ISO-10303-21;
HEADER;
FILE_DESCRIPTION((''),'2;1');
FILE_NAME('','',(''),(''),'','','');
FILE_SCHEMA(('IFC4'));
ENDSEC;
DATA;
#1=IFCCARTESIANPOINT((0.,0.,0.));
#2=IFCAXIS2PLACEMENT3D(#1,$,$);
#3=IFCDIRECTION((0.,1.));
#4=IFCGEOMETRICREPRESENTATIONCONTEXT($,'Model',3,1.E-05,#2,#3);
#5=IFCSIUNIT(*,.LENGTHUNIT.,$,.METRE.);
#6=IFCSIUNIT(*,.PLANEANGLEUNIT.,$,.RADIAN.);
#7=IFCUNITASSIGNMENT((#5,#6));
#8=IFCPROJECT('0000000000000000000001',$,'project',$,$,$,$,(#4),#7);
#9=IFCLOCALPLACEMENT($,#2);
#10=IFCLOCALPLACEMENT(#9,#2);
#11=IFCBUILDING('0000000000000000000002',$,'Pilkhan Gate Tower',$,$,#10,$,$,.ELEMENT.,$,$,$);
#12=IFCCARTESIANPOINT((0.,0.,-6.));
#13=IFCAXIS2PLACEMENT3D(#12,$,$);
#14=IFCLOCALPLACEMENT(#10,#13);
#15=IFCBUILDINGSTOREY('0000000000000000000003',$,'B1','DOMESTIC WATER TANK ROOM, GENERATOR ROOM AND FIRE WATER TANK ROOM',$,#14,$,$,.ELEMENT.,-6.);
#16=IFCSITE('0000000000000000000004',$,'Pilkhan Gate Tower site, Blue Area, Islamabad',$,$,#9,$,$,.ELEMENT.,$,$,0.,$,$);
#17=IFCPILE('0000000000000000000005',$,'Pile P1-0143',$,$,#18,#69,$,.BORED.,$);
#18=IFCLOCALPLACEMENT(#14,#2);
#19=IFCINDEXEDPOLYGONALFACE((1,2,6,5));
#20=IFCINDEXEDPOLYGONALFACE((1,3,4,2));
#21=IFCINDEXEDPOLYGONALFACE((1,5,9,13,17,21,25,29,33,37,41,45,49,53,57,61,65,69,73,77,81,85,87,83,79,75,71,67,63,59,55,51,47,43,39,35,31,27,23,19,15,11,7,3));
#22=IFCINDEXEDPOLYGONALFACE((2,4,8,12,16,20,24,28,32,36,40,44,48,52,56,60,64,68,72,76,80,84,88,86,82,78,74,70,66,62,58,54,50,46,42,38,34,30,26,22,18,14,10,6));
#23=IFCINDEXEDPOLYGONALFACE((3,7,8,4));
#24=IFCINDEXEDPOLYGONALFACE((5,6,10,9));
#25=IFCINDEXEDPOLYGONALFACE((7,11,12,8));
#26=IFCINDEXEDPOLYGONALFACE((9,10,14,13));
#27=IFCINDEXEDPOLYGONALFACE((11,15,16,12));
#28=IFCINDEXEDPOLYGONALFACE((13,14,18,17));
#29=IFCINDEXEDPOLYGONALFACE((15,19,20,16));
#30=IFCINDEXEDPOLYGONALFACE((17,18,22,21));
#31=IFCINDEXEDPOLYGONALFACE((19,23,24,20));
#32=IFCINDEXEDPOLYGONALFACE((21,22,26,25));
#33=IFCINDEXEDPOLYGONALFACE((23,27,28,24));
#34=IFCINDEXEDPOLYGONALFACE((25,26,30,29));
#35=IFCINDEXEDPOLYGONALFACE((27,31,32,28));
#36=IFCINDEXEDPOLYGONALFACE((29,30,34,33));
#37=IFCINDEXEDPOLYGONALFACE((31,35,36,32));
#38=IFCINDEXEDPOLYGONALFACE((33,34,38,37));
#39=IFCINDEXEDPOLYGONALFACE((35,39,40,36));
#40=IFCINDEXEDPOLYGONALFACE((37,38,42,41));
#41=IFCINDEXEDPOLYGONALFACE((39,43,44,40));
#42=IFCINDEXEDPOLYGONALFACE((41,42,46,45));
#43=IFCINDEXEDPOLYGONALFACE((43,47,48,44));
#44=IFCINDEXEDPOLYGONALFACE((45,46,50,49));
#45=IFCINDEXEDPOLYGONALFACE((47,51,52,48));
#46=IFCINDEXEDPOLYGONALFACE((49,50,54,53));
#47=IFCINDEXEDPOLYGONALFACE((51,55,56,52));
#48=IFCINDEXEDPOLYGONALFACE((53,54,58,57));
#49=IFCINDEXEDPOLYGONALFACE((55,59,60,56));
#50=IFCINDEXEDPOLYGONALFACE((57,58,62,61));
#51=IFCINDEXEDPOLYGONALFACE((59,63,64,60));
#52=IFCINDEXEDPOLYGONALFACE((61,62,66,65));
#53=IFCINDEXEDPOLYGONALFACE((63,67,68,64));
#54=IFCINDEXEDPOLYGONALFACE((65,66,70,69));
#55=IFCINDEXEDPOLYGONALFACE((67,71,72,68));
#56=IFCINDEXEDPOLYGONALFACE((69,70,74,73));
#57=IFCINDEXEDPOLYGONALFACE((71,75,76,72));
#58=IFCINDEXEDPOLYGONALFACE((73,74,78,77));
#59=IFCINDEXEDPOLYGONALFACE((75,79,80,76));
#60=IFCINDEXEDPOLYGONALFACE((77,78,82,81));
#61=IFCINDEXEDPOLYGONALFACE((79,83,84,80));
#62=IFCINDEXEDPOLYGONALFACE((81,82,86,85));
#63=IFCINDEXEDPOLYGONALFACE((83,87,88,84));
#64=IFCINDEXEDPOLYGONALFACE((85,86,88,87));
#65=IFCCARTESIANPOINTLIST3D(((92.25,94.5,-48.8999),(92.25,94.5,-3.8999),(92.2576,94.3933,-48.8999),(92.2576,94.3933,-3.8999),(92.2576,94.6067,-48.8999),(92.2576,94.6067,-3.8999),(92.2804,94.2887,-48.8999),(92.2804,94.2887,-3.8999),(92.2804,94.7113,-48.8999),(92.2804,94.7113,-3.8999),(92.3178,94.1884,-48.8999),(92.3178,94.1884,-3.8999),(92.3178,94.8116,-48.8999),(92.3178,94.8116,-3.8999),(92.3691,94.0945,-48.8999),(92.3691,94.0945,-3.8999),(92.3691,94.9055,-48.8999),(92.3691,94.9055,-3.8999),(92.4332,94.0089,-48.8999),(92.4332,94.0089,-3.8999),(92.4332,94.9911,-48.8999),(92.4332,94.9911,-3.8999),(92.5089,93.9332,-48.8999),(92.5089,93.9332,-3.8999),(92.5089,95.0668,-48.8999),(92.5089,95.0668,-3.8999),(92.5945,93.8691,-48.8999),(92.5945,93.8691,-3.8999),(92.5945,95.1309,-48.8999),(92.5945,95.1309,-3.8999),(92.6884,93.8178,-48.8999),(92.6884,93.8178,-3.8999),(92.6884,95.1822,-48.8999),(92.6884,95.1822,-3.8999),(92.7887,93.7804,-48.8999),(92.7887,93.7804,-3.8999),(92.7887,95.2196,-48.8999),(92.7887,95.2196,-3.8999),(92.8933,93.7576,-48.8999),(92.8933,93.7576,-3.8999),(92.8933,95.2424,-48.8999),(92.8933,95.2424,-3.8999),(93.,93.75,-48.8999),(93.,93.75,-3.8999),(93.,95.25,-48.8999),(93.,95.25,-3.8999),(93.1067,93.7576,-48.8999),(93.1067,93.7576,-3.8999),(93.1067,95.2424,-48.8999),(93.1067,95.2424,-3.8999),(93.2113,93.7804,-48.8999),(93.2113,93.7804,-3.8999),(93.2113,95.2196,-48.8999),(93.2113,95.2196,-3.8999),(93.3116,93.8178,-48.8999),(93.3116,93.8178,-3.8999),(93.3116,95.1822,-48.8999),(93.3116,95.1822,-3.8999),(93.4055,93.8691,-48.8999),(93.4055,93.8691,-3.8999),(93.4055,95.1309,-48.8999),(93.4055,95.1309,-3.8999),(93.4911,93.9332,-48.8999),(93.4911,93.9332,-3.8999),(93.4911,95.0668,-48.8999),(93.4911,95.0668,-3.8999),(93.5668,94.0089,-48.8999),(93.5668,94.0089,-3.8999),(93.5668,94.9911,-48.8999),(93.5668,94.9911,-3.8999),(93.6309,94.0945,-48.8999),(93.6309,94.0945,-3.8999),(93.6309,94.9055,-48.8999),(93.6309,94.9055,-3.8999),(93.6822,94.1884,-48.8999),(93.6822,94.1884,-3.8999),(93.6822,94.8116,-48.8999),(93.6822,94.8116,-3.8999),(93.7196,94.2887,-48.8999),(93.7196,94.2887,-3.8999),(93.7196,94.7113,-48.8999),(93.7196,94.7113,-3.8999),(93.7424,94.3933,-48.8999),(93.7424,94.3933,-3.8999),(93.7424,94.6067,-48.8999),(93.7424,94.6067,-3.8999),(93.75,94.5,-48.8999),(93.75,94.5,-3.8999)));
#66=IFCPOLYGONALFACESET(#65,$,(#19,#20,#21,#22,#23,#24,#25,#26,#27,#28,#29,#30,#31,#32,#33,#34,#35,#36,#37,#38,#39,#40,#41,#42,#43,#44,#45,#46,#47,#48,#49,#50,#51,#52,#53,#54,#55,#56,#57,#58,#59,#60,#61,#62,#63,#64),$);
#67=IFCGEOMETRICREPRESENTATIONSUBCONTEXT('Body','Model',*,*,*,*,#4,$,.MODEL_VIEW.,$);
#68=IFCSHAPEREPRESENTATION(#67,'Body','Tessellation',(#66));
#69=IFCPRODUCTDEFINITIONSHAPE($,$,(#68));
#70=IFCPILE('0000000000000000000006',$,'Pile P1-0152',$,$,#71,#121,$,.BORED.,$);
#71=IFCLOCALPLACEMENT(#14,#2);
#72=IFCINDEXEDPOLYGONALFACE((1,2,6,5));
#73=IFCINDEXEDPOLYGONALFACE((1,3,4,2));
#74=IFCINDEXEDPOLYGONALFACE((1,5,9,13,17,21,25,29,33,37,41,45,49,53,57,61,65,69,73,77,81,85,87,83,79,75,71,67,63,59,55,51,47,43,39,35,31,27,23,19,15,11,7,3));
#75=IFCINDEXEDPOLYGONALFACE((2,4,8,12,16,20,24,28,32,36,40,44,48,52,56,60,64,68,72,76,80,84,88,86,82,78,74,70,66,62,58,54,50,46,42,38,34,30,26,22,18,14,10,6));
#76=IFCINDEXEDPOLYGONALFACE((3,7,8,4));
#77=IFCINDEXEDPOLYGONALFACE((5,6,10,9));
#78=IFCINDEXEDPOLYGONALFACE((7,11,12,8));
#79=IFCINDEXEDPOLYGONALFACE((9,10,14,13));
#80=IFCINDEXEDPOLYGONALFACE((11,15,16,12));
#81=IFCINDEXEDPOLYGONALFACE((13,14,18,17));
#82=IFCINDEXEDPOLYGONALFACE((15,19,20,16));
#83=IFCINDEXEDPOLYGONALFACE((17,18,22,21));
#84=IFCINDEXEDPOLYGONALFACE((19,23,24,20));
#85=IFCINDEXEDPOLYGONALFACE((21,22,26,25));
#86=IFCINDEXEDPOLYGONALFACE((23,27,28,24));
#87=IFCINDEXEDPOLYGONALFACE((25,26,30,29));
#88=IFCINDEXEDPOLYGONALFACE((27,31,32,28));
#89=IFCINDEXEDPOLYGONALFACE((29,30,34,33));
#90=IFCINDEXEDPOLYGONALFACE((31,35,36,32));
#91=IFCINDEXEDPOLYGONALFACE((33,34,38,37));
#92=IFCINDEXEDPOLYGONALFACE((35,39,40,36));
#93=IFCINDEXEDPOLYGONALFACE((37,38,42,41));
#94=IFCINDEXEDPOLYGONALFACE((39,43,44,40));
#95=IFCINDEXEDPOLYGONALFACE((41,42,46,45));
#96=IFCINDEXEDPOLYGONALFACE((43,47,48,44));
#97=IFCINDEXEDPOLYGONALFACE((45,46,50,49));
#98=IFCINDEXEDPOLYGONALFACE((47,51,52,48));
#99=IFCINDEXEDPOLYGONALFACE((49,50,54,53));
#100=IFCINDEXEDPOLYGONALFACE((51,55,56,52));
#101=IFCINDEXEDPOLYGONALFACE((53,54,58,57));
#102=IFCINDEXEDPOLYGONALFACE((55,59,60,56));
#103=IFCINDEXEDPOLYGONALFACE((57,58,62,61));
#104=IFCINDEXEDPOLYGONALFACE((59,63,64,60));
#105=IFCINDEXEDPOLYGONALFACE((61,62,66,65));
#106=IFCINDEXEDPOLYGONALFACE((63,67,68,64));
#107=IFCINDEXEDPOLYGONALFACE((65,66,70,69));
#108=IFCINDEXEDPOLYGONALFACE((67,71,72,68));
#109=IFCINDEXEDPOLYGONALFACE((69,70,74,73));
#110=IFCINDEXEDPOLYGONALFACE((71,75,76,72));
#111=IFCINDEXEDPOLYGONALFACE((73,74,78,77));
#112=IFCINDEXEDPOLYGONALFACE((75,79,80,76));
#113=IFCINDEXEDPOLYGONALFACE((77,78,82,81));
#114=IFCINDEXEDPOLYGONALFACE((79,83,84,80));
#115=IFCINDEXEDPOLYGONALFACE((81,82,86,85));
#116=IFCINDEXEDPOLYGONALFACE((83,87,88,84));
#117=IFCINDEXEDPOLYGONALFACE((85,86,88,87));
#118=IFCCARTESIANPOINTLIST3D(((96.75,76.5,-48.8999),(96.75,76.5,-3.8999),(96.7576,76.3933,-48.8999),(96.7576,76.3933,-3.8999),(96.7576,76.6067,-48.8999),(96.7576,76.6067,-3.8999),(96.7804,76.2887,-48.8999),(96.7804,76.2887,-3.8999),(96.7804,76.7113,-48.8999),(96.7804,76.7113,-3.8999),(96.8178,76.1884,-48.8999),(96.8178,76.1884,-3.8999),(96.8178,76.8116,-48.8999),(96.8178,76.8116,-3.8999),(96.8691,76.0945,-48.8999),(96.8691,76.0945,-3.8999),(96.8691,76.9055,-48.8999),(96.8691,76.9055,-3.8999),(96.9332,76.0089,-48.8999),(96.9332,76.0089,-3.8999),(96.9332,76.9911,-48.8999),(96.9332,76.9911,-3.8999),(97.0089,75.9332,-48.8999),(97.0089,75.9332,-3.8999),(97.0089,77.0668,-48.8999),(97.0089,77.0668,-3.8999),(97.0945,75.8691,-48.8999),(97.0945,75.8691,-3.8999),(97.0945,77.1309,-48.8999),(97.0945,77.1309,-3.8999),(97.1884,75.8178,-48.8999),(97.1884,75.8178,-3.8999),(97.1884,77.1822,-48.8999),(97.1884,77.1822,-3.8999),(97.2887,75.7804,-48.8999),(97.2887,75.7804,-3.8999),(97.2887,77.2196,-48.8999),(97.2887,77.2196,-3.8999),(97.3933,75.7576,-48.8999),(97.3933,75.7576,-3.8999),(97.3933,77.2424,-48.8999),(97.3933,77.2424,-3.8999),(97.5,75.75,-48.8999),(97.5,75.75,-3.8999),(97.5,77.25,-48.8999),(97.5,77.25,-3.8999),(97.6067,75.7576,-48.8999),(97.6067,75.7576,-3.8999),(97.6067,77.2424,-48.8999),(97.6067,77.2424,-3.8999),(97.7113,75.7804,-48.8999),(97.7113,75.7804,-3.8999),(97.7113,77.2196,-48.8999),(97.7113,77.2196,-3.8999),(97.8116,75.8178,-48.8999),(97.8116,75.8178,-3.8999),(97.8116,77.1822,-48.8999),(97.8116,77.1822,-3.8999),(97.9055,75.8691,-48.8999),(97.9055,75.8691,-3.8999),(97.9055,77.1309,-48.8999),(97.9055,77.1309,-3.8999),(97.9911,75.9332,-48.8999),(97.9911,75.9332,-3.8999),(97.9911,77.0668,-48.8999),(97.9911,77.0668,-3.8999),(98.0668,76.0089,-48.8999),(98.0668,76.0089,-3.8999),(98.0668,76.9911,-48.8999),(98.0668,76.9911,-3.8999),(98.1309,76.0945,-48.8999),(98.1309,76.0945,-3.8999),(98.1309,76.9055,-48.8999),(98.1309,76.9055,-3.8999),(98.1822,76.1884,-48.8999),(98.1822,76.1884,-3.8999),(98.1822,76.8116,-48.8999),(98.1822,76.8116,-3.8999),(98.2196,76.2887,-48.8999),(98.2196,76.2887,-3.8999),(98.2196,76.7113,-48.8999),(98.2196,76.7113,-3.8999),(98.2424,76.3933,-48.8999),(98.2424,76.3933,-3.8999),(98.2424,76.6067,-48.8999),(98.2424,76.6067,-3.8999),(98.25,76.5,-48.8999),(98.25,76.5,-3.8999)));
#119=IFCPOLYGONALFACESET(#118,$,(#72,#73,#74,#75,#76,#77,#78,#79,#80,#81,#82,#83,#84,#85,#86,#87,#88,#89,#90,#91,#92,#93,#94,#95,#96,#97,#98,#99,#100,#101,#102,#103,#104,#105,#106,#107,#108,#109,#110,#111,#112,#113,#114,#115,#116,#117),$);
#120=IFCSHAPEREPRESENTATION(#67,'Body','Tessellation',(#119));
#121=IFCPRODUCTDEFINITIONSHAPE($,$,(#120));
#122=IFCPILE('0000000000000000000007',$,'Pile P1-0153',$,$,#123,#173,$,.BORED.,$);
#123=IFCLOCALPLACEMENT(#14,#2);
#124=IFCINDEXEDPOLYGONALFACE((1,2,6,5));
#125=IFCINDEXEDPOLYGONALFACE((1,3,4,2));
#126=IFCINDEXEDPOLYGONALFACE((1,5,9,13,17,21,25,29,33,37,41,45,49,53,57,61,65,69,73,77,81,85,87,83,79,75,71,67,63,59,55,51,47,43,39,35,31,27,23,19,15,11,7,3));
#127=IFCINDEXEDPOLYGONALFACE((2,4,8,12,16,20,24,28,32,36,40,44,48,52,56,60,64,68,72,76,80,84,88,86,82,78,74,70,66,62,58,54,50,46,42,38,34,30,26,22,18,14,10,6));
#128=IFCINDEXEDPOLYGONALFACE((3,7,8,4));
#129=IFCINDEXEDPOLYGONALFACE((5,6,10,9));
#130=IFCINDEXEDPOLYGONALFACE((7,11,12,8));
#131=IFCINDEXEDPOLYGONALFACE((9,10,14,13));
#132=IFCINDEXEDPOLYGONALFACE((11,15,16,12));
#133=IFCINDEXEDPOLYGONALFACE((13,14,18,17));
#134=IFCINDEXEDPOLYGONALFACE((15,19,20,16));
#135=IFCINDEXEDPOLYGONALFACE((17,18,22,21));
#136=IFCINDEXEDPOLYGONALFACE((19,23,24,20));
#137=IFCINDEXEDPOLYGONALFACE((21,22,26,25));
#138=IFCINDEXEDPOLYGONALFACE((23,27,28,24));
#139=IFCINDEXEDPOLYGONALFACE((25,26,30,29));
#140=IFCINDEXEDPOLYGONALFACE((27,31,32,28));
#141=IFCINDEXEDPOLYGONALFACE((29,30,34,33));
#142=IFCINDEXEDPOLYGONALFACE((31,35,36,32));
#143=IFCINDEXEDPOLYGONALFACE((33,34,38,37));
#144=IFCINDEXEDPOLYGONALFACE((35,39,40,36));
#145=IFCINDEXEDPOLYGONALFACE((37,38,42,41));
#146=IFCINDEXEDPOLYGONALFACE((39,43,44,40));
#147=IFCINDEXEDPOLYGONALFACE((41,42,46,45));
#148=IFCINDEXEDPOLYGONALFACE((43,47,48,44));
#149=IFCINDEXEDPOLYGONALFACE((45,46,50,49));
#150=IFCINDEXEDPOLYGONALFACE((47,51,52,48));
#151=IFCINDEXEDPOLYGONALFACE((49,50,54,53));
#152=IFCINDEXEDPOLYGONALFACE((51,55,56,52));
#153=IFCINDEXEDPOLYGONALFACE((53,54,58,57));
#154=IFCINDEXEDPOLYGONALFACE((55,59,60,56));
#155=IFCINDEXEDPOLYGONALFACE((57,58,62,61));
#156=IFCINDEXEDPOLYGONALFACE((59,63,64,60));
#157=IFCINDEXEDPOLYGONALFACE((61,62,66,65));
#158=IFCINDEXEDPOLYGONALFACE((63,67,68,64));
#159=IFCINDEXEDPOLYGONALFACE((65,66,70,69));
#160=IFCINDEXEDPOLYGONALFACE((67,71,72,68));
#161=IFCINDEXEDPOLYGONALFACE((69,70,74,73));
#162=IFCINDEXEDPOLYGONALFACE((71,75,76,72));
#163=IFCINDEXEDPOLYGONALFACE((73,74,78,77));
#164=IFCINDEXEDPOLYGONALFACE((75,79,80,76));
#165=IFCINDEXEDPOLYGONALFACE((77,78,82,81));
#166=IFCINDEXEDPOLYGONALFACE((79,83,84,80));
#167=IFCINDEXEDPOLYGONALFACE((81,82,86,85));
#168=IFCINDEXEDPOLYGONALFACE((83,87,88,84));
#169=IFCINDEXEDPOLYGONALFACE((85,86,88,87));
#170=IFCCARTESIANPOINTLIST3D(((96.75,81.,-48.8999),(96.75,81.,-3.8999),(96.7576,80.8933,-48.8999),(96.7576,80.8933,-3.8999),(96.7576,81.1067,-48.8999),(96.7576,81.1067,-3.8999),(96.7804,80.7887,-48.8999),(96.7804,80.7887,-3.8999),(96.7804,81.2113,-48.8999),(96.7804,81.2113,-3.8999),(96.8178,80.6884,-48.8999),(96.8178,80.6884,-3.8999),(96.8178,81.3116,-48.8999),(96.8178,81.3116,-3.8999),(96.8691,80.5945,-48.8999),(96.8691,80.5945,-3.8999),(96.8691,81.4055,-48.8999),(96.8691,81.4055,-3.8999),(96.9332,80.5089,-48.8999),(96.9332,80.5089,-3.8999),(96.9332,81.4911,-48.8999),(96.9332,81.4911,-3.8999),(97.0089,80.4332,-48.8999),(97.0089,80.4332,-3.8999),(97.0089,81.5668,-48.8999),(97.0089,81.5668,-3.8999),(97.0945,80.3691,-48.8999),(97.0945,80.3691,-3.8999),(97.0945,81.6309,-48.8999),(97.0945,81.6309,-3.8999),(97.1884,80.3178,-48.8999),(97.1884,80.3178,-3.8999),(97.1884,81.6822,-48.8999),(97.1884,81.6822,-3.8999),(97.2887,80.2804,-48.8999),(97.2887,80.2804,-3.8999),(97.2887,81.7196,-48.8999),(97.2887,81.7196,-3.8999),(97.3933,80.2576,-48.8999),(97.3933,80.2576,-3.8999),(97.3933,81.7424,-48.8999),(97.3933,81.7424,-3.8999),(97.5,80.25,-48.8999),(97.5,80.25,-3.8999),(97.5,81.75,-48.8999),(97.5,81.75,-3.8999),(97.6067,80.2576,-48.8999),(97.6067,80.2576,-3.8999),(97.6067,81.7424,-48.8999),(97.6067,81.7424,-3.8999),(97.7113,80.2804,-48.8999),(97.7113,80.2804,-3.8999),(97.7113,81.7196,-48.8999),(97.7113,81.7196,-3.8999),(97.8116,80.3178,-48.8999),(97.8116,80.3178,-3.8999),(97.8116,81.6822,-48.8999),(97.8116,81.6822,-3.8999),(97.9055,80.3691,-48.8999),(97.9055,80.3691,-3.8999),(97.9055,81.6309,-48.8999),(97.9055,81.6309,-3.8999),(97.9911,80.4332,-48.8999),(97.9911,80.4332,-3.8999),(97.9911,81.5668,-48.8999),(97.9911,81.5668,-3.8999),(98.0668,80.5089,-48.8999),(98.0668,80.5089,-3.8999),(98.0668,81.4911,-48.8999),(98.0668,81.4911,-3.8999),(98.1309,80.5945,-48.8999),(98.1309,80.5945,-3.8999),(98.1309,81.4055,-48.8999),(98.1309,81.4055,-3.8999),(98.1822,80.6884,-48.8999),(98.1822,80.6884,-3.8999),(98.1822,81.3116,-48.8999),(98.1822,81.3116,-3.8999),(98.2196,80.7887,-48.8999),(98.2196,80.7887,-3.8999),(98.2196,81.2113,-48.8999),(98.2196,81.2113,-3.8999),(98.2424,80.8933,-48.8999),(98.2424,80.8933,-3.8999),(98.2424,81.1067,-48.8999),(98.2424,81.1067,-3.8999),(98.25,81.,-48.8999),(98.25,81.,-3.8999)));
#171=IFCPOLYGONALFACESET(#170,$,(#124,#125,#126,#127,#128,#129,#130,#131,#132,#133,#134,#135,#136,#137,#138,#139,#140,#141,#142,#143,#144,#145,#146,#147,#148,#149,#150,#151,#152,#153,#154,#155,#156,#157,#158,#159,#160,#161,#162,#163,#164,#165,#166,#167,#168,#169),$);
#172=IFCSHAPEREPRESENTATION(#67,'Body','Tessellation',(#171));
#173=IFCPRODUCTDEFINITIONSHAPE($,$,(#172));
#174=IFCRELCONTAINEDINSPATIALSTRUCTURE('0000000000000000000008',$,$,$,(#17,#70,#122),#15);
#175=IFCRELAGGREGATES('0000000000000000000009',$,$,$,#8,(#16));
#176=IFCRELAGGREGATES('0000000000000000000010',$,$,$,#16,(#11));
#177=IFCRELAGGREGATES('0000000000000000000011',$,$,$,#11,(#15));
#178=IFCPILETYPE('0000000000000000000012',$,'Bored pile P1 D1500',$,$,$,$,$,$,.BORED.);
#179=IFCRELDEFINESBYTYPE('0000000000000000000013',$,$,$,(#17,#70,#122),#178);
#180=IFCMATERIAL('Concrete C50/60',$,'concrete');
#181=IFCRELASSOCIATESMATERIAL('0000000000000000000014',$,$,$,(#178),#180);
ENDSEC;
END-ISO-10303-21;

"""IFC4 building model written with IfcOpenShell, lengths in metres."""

from ifc_helpers import new_model, si_unit, direction, frame, origin, origin_2d, place, context, subcontext, project, spatial, circle, extrude, material, material_profile, profile_set, type_object, element, save


model = new_model("IFC4")

# Units and contexts
model_context = context("Model", 3, precision=1e-05, world=origin(), true_north=direction((0.0, 1.0)))
body_context = subcontext(model_context, "Body", "Model", "MODEL_VIEW")
ifc_project = project(units=[si_unit("LENGTHUNIT", "METRE"), si_unit("PLANEANGLEUNIT", "RADIAN")], contexts=[model_context])

# Site, building, storey
site_placement = place(None, origin())
site = spatial("IfcSite", under=ifc_project, at=site_placement, Name="Pilkhan Gate Tower site, Blue Area, Islamabad", CompositionType="ELEMENT", RefElevation=0.0)
building_placement = place(site_placement, origin())
building = spatial("IfcBuilding", under=site, at=building_placement, Name="Pilkhan Gate Tower", CompositionType="ELEMENT")
storey_placement = place(building_placement, frame((0.0, 0.0, -6.0)))
storey = spatial("IfcBuildingStorey", under=building, at=storey_placement, Name="B1", Description="DOMESTIC WATER TANK ROOM, GENERATOR ROOM AND FIRE WATER TANK ROOM", CompositionType="ELEMENT", Elevation=-6.0)

# Piles
ifc_material_1 = material(Name="Concrete C50/60", Category="concrete")
ifc_material_profile = material_profile(ifc_material_1, circle(Radius=0.75, at=origin_2d()), Name="Bored pile 1500 dia")
ifc_profile_set = profile_set([ifc_material_profile], Name="Concrete C50/60")
pile_type = type_object("IfcPileType", Name="Bored pile P1 D1500", PredefinedType="BORED", material=ifc_profile_set)
for number, where, z_axis, x_axis, name in (
    (1, (93.0, 94.5, -3.8999), (0.0, 0.0, -1.0), (1.0, 0.0, 0.0), "Pile P1-0143"),
    (2, (97.5, 76.5, -3.8999), (0.0, 0.0, -1.0), (1.0, 0.0, 0.0), "Pile P1-0152"),
    (3, (97.5, 81.0, -3.8999), (0.0, 0.0, -1.0), (1.0, 0.0, 0.0), "Pile P1-0153"),
):
    element("IfcPile", number, at=place(storey_placement, frame(where, z_axis=z_axis, x_axis=x_axis)), inside=storey, type_object=pile_type, Name=name, PredefinedType="BORED", context=body_context, shape_type="SweptSolid", body=[
        extrude(circle(Radius=0.75, at=origin_2d()), origin(), (0.0, 0.0, 1.0), 45.0),
    ])

save(model, "model.ifc")
